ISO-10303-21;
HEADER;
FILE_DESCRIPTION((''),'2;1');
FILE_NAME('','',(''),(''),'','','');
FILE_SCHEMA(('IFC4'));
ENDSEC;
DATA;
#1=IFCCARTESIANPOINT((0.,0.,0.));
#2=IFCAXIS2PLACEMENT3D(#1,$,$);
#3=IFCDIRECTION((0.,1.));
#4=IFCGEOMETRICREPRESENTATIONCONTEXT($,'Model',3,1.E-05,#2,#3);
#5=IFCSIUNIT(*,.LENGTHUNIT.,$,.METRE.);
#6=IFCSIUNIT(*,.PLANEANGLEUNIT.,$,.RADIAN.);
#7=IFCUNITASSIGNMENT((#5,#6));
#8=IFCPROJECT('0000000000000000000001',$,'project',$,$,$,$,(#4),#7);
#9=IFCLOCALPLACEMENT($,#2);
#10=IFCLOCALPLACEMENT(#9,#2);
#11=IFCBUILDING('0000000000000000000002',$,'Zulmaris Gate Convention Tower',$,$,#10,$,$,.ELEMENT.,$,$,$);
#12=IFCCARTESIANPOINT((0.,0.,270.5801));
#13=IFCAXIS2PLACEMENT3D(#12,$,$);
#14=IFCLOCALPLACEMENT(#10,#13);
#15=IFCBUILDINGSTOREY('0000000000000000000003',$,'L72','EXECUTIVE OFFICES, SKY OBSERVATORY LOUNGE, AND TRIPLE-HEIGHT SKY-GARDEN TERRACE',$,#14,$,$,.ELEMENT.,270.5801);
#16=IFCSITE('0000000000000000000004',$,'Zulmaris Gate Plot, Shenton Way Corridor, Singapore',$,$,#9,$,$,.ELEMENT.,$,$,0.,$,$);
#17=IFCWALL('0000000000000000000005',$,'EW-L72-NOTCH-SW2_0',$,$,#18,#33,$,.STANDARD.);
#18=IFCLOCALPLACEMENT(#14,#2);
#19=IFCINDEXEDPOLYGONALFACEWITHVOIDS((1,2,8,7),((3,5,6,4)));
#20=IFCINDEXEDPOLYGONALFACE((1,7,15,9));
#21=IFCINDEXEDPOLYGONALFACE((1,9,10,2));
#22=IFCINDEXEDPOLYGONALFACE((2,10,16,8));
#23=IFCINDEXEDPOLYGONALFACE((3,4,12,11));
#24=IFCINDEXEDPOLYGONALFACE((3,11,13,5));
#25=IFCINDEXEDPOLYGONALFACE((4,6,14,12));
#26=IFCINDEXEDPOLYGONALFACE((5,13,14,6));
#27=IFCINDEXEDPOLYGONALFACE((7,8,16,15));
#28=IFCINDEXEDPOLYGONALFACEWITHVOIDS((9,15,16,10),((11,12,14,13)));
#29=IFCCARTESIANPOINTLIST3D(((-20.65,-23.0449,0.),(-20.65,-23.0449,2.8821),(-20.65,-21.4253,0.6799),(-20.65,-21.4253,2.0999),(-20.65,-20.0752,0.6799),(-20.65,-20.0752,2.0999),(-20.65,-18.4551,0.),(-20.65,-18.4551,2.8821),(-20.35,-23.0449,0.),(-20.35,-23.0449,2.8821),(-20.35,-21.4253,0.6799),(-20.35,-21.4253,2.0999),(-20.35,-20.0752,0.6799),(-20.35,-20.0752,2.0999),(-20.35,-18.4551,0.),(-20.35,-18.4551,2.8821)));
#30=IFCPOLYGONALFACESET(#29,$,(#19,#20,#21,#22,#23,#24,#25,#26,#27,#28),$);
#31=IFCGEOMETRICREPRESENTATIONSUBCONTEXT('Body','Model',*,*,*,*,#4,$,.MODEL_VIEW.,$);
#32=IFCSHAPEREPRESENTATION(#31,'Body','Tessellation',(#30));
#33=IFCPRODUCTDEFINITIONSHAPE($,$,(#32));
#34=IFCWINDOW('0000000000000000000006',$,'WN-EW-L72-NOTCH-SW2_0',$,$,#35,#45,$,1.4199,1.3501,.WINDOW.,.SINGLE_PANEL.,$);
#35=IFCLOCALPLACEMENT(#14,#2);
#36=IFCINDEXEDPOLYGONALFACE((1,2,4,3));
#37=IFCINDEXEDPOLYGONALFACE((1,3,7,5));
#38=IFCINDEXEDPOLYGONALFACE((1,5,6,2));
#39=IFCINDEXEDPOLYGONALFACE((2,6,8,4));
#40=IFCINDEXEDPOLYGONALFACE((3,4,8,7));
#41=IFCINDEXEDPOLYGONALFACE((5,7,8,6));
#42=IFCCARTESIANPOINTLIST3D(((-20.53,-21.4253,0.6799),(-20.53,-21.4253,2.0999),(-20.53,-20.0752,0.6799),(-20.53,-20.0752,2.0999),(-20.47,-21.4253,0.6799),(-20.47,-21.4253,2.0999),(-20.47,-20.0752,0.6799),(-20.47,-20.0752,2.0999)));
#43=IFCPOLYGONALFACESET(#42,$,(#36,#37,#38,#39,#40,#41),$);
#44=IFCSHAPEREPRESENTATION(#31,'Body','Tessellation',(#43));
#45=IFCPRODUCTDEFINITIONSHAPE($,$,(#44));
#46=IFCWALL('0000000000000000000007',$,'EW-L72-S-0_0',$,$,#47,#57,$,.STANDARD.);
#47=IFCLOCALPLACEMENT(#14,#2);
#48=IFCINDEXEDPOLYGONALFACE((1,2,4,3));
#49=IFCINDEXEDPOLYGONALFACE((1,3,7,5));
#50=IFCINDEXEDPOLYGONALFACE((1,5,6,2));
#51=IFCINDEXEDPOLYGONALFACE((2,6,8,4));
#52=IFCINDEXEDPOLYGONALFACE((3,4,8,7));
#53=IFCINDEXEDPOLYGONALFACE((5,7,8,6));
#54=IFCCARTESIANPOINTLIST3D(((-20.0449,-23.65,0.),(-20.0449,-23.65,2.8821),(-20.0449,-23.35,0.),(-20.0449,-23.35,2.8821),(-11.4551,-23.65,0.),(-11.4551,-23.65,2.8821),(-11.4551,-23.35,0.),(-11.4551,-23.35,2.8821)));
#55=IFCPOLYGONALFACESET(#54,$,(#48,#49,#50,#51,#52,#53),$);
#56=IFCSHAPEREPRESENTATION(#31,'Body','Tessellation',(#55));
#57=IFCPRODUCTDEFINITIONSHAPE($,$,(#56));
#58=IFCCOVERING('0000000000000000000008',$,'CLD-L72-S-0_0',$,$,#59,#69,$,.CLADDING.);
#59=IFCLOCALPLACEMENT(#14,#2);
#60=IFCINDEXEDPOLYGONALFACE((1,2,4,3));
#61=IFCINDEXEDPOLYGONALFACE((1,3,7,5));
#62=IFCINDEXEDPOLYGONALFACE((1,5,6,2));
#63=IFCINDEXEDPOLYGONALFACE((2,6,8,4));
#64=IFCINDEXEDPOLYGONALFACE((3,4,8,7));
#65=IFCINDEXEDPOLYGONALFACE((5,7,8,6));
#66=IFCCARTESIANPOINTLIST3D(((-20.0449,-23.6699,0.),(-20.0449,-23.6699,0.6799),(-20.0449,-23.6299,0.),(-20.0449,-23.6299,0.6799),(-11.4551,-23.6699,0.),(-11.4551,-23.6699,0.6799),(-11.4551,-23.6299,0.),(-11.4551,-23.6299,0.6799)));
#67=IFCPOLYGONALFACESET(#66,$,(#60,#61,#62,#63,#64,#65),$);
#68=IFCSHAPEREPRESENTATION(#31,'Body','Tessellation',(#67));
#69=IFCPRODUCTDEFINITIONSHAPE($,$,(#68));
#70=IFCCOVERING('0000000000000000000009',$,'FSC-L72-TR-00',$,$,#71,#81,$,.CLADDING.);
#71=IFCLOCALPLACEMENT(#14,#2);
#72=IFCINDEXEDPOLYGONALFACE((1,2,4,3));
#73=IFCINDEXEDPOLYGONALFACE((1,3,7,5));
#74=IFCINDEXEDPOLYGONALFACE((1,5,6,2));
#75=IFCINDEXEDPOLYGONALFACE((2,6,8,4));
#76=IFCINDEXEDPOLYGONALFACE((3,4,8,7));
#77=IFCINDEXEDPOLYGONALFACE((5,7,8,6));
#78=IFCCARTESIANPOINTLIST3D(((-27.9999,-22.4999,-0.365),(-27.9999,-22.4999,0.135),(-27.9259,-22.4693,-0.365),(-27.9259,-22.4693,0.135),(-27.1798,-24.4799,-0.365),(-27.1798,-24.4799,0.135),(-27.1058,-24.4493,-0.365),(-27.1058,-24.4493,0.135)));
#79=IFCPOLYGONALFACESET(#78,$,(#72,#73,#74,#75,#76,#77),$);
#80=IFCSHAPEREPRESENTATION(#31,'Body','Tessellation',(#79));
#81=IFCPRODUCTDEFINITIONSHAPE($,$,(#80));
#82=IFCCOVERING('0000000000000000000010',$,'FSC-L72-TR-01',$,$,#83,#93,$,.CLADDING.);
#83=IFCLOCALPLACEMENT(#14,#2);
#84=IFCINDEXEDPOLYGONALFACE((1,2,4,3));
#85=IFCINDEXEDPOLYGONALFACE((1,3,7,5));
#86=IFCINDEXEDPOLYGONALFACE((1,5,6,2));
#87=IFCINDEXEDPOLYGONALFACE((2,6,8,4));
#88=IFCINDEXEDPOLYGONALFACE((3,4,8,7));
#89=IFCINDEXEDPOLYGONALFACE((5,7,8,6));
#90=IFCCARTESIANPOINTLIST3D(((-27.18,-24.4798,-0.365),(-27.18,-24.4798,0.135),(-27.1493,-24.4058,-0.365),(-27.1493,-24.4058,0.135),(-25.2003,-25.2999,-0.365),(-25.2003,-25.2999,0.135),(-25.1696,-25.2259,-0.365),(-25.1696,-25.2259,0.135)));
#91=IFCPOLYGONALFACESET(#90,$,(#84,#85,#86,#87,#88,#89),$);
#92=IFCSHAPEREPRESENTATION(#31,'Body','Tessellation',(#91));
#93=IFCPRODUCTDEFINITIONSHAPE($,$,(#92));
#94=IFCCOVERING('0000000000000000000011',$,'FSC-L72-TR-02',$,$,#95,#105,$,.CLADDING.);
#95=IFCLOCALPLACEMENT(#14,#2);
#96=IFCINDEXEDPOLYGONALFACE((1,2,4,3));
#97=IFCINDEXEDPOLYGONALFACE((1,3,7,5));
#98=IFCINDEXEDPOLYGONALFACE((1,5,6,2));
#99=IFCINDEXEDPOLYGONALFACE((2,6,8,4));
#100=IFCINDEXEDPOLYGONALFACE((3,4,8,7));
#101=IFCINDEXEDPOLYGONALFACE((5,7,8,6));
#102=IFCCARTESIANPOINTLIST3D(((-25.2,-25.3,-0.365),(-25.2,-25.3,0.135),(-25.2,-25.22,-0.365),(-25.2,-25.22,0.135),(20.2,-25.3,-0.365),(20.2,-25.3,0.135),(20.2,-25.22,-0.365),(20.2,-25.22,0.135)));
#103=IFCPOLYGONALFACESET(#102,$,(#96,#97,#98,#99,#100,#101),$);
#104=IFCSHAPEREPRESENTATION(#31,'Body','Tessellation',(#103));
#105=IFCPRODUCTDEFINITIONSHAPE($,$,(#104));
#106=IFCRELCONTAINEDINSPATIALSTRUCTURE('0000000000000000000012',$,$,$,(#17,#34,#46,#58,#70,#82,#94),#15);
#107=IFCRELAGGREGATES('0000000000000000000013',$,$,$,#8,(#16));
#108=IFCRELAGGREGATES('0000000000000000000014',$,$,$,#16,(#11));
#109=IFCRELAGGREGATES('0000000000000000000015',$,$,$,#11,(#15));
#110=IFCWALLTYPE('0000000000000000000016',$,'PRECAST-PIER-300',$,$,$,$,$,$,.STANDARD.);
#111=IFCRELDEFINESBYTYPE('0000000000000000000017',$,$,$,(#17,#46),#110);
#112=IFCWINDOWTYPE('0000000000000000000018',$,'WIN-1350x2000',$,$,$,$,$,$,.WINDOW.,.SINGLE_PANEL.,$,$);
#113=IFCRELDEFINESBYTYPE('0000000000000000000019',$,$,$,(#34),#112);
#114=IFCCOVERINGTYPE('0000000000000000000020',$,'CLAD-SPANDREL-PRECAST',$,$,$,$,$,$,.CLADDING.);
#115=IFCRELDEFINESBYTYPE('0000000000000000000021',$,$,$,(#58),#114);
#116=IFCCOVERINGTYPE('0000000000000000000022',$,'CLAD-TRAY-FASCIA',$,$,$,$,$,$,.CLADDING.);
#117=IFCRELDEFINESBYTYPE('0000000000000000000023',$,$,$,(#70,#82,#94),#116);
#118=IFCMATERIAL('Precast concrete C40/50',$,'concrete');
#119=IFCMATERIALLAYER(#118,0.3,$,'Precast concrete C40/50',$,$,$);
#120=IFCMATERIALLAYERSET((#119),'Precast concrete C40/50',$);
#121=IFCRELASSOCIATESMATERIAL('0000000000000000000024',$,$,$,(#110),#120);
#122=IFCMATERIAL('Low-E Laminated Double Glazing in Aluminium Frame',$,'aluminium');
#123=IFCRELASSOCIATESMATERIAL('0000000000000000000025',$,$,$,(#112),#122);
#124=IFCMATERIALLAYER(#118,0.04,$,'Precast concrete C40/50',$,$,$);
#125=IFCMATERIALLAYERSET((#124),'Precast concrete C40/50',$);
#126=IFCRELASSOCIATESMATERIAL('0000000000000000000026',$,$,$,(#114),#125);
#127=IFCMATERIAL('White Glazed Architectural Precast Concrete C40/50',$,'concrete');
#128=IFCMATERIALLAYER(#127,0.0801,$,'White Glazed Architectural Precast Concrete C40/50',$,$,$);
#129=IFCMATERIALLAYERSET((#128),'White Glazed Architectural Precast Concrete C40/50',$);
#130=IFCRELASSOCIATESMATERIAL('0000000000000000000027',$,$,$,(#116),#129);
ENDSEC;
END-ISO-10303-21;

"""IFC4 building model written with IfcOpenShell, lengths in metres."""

from ifc_helpers import new_model, si_unit, direction, frame, frame_2d, origin, place, context, subcontext, project, spatial, rectangle, extrude, material, layer, layer_set, type_object, element, fill, save


model = new_model("IFC4")

# Units and contexts
model_context = context("Model", 3, precision=1e-05, world=origin(), true_north=direction((0.0, 1.0)))
body_context = subcontext(model_context, "Body", "Model", "MODEL_VIEW")
ifc_project = project(units=[si_unit("LENGTHUNIT", "METRE"), si_unit("PLANEANGLEUNIT", "RADIAN")], contexts=[model_context])

# Site, building, storey
site_placement = place(None, origin())
site = spatial("IfcSite", under=ifc_project, at=site_placement, Name="Zulmaris Gate Plot, Shenton Way Corridor, Singapore", CompositionType="ELEMENT", RefElevation=0.0)
building_placement = place(site_placement, origin())
building = spatial("IfcBuilding", under=site, at=building_placement, Name="Zulmaris Gate Convention Tower", CompositionType="ELEMENT")
storey_placement = place(building_placement, frame((0.0, 0.0, 270.5801)))
storey = spatial("IfcBuildingStorey", under=building, at=storey_placement, Name="L72", Description="EXECUTIVE OFFICES, SKY OBSERVATORY LOUNGE, AND TRIPLE-HEIGHT SKY-GARDEN TERRACE", CompositionType="ELEMENT", Elevation=270.5801)

# Wall, opening, window
ifc_material_1 = material(Name="Precast concrete C40/50", Category="concrete")
ifc_layer_1 = layer(ifc_material_1, 0.3, Name="Precast concrete C40/50")
ifc_layer_set_1 = layer_set([ifc_layer_1], Name="Precast concrete C40/50")
wall_type_1 = type_object("IfcWallType", Name="PRECAST-PIER-300", PredefinedType="STANDARD", material=ifc_layer_set_1)
ifc_material_2 = material(Name="Low-E Laminated Double Glazing in Aluminium Frame", Category="aluminium")
window_type = type_object("IfcWindowType", Name="WIN-1350x2000", PartitioningType="SINGLE_PANEL", PredefinedType="WINDOW", material=ifc_material_2)
wall_1_placement = place(storey_placement, frame((-20.5, -18.4551, 0.0), z_axis=(0.0, 0.0, 1.0), x_axis=(0.0, -1.0, 0.0)))
wall_1 = element("IfcWall", 1, at=wall_1_placement, inside=storey, type_object=wall_type_1, Name="EW-L72-NOTCH-SW2_0", PredefinedType="STANDARD", context=body_context, shape_type="SweptSolid", body=[
    extrude(rectangle(XDim=4.5898, YDim=0.3, at=frame_2d((2.2949, 0.0))), origin(), (0.0, 0.0, 1.0), 2.8821),
])
opening_1_placement = place(wall_1_placement, frame((1.6201, 0.0, 0.6799)))
opening_1 = element("IfcOpeningElement", 2, at=opening_1_placement, cuts=wall_1, PredefinedType="OPENING", context=body_context, shape_type="SweptSolid", body=[
    extrude(rectangle(XDim=1.3501, YDim=1.4199, at=frame_2d((0.675, 0.71))), frame((0.0, 0.1602, 0.0), z_axis=(0.0, -1.0, 0.0), x_axis=(1.0, 0.0, 0.0)), (0.0, 0.0, 1.0), 0.3201),
])
window_1_placement = place(opening_1_placement, origin())
window_1 = element("IfcWindow", 3, at=window_1_placement, inside=storey, type_object=window_type, Name="WN-EW-L72-NOTCH-SW2_0", OverallHeight=1.4199, OverallWidth=1.3501, PartitioningType="SINGLE_PANEL", PredefinedType="WINDOW", context=body_context, shape_type="SweptSolid", body=[
    extrude(rectangle(XDim=1.3501, YDim=1.4199, at=frame_2d((0.675, 0.71))), frame((0.0, 0.03, 0.0), z_axis=(0.0, -1.0, 0.0), x_axis=(1.0, 0.0, 0.0)), (0.0, 0.0, 1.0), 0.0601),
])
fill(opening_1, window_1)

# Wall
wall_2_placement = place(storey_placement, frame((-20.0449, -23.5, 0.0), z_axis=(0.0, 0.0, 1.0), x_axis=(1.0, 0.0, 0.0)))
element("IfcWall", 4, at=wall_2_placement, inside=storey, type_object=wall_type_1, Name="EW-L72-S-0_0", PredefinedType="STANDARD", context=body_context, shape_type="SweptSolid", body=[
    extrude(rectangle(XDim=8.5898, YDim=0.3, at=frame_2d((4.2949, 0.0))), origin(), (0.0, 0.0, 1.0), 2.8821),
])

# Coverings
ifc_layer_2 = layer(ifc_material_1, 0.04, Name="Precast concrete C40/50")
ifc_layer_set_2 = layer_set([ifc_layer_2], Name="Precast concrete C40/50")
covering_type_1 = type_object("IfcCoveringType", Name="CLAD-SPANDREL-PRECAST", PredefinedType="CLADDING", material=ifc_layer_set_2)
covering_1_placement = place(storey_placement, frame((-20.0449, -23.6499, 0.0), z_axis=(0.0, 0.0, 1.0), x_axis=(1.0, 0.0, 0.0)))
element("IfcCovering", 5, at=covering_1_placement, inside=storey, type_object=covering_type_1, Name="CLD-L72-S-0_0", PredefinedType="CLADDING", context=body_context, shape_type="SweptSolid", body=[
    extrude(rectangle(XDim=8.5898, YDim=0.04, at=frame_2d((4.2949, 0.0))), origin(), (0.0, 0.0, 1.0), 0.6799),
])
ifc_material_3 = material(Name="White Glazed Architectural Precast Concrete C40/50", Category="concrete")
ifc_layer_3 = layer(ifc_material_3, 0.0801, Name="White Glazed Architectural Precast Concrete C40/50")
ifc_layer_set_3 = layer_set([ifc_layer_3], Name="White Glazed Architectural Precast Concrete C40/50")
covering_type_2 = type_object("IfcCoveringType", Name="CLAD-TRAY-FASCIA", PredefinedType="CLADDING", material=ifc_layer_set_3)
covering_2_placement = place(storey_placement, frame((-27.9629, -22.4846, -0.365), z_axis=(0.0, 0.0, 1.0), x_axis=(0.382657, -0.92389, 0.0)))
element("IfcCovering", 6, at=covering_2_placement, inside=storey, type_object=covering_type_2, Name="FSC-L72-TR-00", PredefinedType="CLADDING", context=body_context, shape_type="SweptSolid", body=[
    extrude(rectangle(XDim=2.1431, YDim=0.0801, at=frame_2d((1.0715, 0.0))), origin(), (0.0, 0.0, 1.0), 0.5),
])
covering_3_placement = place(storey_placement, frame((-27.1646, -24.4429, -0.365), z_axis=(0.0, 0.0, 1.0), x_axis=(0.923874, -0.382697, 0.0)))
element("IfcCovering", 7, at=covering_3_placement, inside=storey, type_object=covering_type_2, Name="FSC-L72-TR-01", PredefinedType="CLADDING", context=body_context, shape_type="SweptSolid", body=[
    extrude(rectangle(XDim=2.1428, YDim=0.0801, at=frame_2d((1.0713, 0.0))), origin(), (0.0, 0.0, 1.0), 0.5),
])
covering_4_placement = place(storey_placement, frame((-25.2, -25.26, -0.365), z_axis=(0.0, 0.0, 1.0), x_axis=(1.0, 0.0, 0.0)))
element("IfcCovering", 8, at=covering_4_placement, inside=storey, type_object=covering_type_2, Name="FSC-L72-TR-02", PredefinedType="CLADDING", context=body_context, shape_type="SweptSolid", body=[
    extrude(rectangle(XDim=45.3999, YDim=0.0801, at=frame_2d((22.7, 0.0))), origin(), (0.0, 0.0, 1.0), 0.5),
])

save(model, "model.ifc")
